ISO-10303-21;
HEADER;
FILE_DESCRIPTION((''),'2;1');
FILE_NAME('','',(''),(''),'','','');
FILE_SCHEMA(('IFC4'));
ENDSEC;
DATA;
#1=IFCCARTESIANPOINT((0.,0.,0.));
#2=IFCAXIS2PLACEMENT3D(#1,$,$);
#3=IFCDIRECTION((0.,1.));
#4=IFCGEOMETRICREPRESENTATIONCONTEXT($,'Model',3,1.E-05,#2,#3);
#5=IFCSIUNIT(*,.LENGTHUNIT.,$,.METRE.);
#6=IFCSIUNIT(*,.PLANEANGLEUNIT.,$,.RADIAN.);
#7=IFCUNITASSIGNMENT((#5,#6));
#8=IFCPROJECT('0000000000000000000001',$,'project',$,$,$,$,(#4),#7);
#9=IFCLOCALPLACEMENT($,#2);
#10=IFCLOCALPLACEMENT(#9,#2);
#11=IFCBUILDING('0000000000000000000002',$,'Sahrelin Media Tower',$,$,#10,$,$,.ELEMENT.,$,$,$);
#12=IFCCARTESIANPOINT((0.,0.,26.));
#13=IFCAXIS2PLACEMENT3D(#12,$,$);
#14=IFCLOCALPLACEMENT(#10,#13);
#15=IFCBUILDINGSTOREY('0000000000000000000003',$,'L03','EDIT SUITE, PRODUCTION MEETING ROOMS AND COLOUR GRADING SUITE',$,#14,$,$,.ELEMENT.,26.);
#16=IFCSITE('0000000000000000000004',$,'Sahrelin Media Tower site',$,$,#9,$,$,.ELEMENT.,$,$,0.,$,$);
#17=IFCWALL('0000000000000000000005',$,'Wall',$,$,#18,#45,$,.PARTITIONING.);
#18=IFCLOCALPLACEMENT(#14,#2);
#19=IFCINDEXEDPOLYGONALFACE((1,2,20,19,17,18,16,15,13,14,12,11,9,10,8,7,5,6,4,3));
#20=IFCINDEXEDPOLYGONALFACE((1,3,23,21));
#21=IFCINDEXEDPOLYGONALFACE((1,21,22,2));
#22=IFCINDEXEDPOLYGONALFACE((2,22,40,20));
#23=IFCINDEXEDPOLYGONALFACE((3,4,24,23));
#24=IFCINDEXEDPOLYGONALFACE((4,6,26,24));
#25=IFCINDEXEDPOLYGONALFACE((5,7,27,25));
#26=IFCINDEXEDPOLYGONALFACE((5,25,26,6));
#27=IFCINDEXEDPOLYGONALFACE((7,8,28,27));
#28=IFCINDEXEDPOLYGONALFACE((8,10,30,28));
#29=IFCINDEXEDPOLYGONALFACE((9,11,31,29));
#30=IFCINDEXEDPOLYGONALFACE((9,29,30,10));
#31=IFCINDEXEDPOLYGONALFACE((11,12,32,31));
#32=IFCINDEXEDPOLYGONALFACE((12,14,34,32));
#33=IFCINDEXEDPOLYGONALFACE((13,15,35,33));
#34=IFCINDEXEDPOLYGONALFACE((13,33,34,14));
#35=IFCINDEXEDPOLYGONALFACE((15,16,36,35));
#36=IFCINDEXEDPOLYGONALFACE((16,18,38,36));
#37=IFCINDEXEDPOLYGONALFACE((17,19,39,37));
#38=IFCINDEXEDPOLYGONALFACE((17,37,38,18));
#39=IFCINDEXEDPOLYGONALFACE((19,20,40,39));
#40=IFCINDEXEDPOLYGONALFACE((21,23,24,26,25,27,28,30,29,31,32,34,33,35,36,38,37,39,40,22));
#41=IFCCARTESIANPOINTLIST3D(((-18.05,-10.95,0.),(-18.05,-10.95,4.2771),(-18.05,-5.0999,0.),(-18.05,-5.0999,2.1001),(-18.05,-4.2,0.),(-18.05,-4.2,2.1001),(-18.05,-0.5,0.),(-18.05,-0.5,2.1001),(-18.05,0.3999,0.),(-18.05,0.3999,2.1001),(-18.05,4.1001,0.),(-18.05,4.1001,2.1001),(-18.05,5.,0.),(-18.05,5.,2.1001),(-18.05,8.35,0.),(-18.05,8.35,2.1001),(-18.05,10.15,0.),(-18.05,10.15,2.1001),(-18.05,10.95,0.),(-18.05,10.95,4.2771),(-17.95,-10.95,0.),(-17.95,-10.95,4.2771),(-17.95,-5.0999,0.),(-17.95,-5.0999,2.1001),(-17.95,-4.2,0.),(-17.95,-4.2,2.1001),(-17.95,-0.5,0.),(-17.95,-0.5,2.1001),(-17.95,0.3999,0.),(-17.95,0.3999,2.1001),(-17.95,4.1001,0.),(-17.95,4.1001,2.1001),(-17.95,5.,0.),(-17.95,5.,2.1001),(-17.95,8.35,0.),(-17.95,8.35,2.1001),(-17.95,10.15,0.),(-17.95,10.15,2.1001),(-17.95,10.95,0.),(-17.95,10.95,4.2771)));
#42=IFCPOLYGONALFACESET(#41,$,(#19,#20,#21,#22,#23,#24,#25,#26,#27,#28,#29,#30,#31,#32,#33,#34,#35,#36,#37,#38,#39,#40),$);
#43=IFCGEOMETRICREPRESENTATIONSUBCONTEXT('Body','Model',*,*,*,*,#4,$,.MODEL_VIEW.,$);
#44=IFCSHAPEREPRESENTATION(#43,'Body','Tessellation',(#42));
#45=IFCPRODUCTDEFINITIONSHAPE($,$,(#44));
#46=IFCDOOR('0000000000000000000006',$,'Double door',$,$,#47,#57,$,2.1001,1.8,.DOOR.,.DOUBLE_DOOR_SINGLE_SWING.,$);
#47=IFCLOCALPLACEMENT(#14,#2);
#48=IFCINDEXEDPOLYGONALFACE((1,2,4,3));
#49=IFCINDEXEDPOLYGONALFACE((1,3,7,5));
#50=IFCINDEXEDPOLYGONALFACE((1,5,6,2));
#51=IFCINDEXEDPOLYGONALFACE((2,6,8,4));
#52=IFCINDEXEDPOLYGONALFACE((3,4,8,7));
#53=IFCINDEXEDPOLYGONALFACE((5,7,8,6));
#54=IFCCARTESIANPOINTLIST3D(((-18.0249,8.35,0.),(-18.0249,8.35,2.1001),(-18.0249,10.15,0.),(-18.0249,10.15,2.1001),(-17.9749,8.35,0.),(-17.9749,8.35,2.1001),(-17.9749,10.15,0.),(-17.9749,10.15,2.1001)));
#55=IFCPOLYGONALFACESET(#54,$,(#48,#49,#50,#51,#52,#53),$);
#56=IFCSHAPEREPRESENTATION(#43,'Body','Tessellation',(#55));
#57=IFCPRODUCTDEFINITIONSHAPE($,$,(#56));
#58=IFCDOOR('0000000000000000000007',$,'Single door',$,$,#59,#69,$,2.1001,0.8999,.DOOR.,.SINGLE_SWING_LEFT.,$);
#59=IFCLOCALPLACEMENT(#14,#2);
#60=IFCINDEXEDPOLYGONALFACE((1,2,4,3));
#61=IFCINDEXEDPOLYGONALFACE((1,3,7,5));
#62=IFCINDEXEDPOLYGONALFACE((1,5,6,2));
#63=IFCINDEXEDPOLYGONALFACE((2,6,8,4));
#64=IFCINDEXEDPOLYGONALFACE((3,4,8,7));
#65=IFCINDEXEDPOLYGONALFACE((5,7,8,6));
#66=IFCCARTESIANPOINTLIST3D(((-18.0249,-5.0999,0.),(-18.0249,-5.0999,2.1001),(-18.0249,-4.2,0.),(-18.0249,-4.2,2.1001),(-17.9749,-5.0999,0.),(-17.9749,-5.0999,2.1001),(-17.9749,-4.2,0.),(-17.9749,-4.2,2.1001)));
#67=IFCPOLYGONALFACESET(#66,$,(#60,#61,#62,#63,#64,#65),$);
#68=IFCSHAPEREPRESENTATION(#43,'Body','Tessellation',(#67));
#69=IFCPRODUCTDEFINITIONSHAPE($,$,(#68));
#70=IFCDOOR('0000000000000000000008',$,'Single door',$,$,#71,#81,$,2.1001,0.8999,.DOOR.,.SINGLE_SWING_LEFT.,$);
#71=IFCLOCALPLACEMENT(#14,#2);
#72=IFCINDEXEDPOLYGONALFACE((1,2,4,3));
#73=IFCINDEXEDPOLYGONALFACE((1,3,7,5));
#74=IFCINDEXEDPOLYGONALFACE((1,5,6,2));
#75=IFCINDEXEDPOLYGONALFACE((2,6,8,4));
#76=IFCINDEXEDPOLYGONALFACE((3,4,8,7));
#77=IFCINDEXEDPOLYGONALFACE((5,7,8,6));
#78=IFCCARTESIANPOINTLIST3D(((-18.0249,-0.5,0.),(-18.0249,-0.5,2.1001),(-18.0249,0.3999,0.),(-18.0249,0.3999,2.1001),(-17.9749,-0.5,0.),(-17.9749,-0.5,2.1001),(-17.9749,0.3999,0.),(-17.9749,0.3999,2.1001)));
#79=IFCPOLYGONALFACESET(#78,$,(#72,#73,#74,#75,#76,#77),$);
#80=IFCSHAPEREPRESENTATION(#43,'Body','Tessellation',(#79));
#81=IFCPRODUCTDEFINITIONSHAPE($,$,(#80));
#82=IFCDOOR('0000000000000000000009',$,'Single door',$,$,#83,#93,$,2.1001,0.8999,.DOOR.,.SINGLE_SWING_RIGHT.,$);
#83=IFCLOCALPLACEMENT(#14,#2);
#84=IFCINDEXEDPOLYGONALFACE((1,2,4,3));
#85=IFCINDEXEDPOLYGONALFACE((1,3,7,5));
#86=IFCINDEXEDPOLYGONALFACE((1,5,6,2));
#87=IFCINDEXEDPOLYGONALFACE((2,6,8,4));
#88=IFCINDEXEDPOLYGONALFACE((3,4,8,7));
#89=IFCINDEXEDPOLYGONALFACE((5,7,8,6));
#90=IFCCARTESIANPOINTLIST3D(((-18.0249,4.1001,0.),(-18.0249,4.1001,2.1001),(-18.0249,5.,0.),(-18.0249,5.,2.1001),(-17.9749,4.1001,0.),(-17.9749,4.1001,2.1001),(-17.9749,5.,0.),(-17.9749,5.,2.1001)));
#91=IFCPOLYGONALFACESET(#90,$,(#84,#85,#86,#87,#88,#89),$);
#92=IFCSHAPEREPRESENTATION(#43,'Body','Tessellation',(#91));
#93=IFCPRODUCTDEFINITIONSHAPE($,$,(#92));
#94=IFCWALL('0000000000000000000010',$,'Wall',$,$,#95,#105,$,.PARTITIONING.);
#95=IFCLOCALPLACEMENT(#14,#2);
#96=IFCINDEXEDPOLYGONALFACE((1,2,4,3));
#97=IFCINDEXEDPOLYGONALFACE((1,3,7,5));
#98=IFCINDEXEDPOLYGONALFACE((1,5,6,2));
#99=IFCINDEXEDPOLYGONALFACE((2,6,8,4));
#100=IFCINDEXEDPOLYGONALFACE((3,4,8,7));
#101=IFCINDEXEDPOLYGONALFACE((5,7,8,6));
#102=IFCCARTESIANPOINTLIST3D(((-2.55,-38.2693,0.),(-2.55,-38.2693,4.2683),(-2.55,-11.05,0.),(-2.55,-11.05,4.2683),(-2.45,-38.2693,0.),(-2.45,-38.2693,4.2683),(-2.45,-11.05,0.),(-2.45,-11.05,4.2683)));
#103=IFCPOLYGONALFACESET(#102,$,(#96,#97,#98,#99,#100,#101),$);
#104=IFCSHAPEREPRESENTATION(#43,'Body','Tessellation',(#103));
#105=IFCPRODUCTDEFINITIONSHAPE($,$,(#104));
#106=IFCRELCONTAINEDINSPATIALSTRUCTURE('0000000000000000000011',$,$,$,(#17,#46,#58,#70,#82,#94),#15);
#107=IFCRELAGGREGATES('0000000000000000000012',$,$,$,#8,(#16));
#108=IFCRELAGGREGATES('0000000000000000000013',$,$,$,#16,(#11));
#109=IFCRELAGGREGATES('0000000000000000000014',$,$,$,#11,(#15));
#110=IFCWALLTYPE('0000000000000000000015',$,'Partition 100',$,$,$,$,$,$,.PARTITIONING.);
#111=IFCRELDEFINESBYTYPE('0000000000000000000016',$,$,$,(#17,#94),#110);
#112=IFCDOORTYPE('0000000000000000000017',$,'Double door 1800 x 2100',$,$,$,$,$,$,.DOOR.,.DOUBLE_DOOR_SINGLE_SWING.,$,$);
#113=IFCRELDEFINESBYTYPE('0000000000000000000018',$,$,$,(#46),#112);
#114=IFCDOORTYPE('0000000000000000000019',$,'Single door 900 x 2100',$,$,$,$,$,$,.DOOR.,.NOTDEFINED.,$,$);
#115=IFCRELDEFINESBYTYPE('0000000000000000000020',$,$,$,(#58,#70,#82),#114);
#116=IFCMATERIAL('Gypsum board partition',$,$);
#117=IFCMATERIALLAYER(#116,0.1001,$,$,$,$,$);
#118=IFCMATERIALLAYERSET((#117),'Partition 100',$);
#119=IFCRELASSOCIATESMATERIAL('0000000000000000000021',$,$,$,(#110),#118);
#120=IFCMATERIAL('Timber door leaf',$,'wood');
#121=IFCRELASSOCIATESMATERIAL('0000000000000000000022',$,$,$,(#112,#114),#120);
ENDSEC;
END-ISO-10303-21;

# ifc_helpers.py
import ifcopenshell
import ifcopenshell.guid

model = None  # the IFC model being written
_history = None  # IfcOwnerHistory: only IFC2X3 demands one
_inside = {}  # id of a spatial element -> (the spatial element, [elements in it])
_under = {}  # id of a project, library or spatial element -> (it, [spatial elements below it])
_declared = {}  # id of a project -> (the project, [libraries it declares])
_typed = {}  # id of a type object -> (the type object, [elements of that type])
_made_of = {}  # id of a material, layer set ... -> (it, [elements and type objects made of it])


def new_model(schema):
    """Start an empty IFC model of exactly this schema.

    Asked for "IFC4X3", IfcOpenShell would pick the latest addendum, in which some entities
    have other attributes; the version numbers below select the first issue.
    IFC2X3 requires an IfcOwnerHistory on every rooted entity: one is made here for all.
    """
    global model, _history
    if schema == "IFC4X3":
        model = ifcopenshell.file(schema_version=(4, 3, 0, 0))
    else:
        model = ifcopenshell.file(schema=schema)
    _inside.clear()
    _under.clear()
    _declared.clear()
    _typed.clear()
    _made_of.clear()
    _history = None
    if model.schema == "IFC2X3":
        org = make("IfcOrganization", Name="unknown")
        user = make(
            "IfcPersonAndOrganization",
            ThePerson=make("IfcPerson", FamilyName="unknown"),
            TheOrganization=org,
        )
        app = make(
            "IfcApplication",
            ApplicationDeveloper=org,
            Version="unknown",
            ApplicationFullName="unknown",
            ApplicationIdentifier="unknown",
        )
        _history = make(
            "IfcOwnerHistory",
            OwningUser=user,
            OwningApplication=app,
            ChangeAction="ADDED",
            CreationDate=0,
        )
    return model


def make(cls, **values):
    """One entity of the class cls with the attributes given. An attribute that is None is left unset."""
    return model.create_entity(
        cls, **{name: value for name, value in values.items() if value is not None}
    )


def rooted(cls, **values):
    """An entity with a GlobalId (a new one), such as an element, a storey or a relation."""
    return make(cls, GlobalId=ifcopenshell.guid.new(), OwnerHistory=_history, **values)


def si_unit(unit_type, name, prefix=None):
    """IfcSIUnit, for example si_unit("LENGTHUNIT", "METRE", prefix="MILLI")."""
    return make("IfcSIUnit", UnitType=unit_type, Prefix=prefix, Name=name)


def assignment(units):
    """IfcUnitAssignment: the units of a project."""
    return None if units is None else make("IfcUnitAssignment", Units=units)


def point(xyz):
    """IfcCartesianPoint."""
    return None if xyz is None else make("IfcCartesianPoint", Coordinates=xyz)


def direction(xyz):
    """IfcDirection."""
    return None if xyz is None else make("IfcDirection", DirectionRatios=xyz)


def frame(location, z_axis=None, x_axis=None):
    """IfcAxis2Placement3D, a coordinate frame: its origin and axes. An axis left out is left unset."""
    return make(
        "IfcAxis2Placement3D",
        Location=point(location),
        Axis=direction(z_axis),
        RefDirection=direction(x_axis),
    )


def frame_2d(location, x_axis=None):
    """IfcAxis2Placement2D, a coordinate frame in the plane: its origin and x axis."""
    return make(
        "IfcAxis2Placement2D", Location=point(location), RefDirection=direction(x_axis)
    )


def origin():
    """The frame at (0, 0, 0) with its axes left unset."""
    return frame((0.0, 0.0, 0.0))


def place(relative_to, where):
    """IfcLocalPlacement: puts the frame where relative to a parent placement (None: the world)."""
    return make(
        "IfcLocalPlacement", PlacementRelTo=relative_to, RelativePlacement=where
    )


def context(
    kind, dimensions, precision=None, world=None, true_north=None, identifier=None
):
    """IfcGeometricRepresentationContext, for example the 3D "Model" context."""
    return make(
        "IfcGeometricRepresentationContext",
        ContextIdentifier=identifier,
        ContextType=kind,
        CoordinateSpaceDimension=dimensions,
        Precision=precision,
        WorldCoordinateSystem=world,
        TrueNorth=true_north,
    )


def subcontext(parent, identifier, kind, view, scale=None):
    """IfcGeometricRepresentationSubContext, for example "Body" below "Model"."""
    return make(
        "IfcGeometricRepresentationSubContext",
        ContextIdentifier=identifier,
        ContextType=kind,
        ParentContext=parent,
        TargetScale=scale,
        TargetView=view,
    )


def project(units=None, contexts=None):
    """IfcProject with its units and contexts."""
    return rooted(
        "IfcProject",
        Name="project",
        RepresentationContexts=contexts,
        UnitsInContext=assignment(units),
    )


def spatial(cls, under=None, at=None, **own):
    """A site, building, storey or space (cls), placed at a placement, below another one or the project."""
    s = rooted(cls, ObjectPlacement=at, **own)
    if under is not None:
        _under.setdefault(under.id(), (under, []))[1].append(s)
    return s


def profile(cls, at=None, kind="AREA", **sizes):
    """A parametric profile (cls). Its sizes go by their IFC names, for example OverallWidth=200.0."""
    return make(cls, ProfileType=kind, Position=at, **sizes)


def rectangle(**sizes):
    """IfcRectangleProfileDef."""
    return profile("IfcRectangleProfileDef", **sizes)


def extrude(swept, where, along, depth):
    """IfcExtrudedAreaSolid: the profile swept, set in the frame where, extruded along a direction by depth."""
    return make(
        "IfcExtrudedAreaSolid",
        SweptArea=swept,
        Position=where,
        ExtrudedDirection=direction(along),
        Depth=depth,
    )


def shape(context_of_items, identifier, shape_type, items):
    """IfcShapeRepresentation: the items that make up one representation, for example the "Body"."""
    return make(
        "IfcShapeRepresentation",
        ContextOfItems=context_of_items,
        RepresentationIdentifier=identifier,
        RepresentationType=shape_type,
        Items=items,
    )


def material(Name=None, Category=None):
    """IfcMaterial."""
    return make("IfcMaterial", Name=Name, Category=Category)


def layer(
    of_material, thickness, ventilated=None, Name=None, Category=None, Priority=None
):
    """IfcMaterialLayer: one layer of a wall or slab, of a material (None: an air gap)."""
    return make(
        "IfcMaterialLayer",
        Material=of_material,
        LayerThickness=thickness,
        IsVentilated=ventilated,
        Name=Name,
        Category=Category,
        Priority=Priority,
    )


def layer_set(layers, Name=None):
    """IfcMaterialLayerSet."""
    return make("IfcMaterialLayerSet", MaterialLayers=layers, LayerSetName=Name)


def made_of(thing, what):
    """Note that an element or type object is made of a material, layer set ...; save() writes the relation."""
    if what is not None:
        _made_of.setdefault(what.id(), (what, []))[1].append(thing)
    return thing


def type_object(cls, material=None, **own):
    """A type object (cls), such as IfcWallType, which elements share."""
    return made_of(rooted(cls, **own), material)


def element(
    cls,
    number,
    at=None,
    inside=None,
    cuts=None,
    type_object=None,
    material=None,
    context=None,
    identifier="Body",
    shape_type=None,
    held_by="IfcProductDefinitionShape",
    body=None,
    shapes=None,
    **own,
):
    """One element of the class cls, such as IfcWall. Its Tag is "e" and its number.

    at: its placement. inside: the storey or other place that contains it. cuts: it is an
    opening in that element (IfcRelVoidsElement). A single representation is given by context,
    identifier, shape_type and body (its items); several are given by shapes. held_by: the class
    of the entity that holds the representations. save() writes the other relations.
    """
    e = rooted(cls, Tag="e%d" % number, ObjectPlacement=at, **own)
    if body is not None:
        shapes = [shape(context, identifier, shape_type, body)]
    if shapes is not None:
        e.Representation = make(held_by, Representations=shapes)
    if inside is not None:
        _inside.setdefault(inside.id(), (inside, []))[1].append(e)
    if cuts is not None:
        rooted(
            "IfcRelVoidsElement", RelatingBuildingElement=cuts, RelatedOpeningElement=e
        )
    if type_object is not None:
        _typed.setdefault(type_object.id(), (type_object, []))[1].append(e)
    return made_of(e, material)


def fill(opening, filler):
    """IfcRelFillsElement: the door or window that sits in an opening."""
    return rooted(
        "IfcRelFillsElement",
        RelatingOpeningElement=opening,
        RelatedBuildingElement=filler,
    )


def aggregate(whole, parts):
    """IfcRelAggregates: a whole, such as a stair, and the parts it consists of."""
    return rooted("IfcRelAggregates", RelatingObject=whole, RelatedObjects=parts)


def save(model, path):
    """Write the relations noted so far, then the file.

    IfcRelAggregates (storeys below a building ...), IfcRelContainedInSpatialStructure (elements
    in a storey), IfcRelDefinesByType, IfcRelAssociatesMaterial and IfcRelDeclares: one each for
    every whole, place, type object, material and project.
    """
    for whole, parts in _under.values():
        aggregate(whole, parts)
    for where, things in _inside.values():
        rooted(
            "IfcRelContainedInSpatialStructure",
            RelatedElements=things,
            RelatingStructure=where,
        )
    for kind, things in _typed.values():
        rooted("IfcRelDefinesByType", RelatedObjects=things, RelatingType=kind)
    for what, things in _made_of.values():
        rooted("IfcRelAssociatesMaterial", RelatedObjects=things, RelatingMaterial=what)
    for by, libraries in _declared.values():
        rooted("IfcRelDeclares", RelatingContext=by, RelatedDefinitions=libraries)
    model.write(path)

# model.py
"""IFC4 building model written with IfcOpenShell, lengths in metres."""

from ifc_helpers import new_model, si_unit, direction, frame, frame_2d, origin, place, context, subcontext, project, spatial, rectangle, extrude, material, layer, layer_set, type_object, element, fill, save


model = new_model("IFC4")

# Units and contexts
model_context = context("Model", 3, precision=1e-05, world=origin(), true_north=direction((0.0, 1.0)))
body_context = subcontext(model_context, "Body", "Model", "MODEL_VIEW")
ifc_project = project(units=[si_unit("LENGTHUNIT", "METRE"), si_unit("PLANEANGLEUNIT", "RADIAN")], contexts=[model_context])

# Site, building, storey
site_placement = place(None, origin())
site = spatial("IfcSite", under=ifc_project, at=site_placement, Name="Sahrelin Media Tower site", CompositionType="ELEMENT", RefElevation=0.0)
building_placement = place(site_placement, origin())
building = spatial("IfcBuilding", under=site, at=building_placement, Name="Sahrelin Media Tower", CompositionType="ELEMENT")
storey_placement = place(building_placement, frame((0.0, 0.0, 26.0)))
storey = spatial("IfcBuildingStorey", under=building, at=storey_placement, Name="L03", Description="EDIT SUITE, PRODUCTION MEETING ROOMS AND COLOUR GRADING SUITE", CompositionType="ELEMENT", Elevation=26.0)

# Wall, openings, doors
ifc_material_1 = material(Name="Gypsum board partition")
ifc_layer_1 = layer(ifc_material_1, 0.1001)
ifc_layer_set_1 = layer_set([ifc_layer_1], Name="Partition 100")
wall_type_1 = type_object("IfcWallType", Name="Partition 100", PredefinedType="PARTITIONING", material=ifc_layer_set_1)
wall_1_placement = place(storey_placement, frame((-18.0, -10.95, 0.0), z_axis=(0.0, 0.0, 1.0), x_axis=(0.0, 1.0, 0.0)))
wall_1 = element("IfcWall", 1, at=wall_1_placement, inside=storey, type_object=wall_type_1, Name="Wall", PredefinedType="PARTITIONING", context=body_context, shape_type="SweptSolid", body=[
    extrude(rectangle(XDim=21.8999, YDim=0.1001, at=frame_2d((10.95, 0.0))), origin(), (0.0, 0.0, 1.0), 4.2771),
])
opening_1_placement = place(wall_1_placement, frame((19.3, 0.0, 0.0)))
opening_1 = element("IfcOpeningElement", 2, at=opening_1_placement, cuts=wall_1, PredefinedType="OPENING", context=body_context, shape_type="SweptSolid", body=[
    extrude(rectangle(XDim=1.8, YDim=2.1001, at=frame_2d((0.8999, 1.05))), frame((0.0, 0.05, 0.0), z_axis=(0.0, -1.0, 0.0), x_axis=(1.0, 0.0, 0.0)), (0.0, 0.0, 1.0), 0.1001),
])
opening_2_placement = place(wall_1_placement, frame((5.8501, 0.0, 0.0)))
opening_2 = element("IfcOpeningElement", 3, at=opening_2_placement, cuts=wall_1, PredefinedType="OPENING", context=body_context, shape_type="SweptSolid", body=[
    extrude(rectangle(XDim=0.8999, YDim=2.1001, at=frame_2d((0.45, 1.05))), frame((0.0, 0.05, 0.0), z_axis=(0.0, -1.0, 0.0), x_axis=(1.0, 0.0, 0.0)), (0.0, 0.0, 1.0), 0.1001),
])
opening_3_placement = place(wall_1_placement, frame((10.45, 0.0, 0.0)))
opening_3 = element("IfcOpeningElement", 4, at=opening_3_placement, cuts=wall_1, PredefinedType="OPENING", context=body_context, shape_type="SweptSolid", body=[
    extrude(rectangle(XDim=0.8999, YDim=2.1001, at=frame_2d((0.45, 1.05))), frame((0.0, 0.05, 0.0), z_axis=(0.0, -1.0, 0.0), x_axis=(1.0, 0.0, 0.0)), (0.0, 0.0, 1.0), 0.1001),
])
opening_4_placement = place(wall_1_placement, frame((15.05, 0.0, 0.0)))
opening_4 = element("IfcOpeningElement", 5, at=opening_4_placement, cuts=wall_1, PredefinedType="OPENING", context=body_context, shape_type="SweptSolid", body=[
    extrude(rectangle(XDim=0.8999, YDim=2.1001, at=frame_2d((0.45, 1.05))), frame((0.0, 0.05, 0.0), z_axis=(0.0, -1.0, 0.0), x_axis=(1.0, 0.0, 0.0)), (0.0, 0.0, 1.0), 0.1001),
])
ifc_material_2 = material(Name="Timber door leaf", Category="wood")
door_type_1 = type_object("IfcDoorType", Name="Double door 1800 x 2100", OperationType="DOUBLE_DOOR_SINGLE_SWING", PredefinedType="DOOR", material=ifc_material_2)
door_1_placement = place(opening_1_placement, origin())
door_1 = element("IfcDoor", 6, at=door_1_placement, inside=storey, type_object=door_type_1, Name="Double door", OperationType="DOUBLE_DOOR_SINGLE_SWING", OverallHeight=2.1001, OverallWidth=1.8, PredefinedType="DOOR", context=body_context, shape_type="SweptSolid", body=[
    extrude(rectangle(XDim=1.8, YDim=2.1001, at=frame_2d((0.8999, 1.05))), frame((0.0, 0.0249, 0.0), z_axis=(0.0, -1.0, 0.0), x_axis=(1.0, 0.0, 0.0)), (0.0, 0.0, 1.0), 0.05),
])
fill(opening_1, door_1)
door_type_2 = type_object("IfcDoorType", Name="Single door 900 x 2100", OperationType="NOTDEFINED", PredefinedType="DOOR", material=ifc_material_2)
door_2_placement = place(opening_2_placement, origin())
door_2 = element("IfcDoor", 7, at=door_2_placement, inside=storey, type_object=door_type_2, Name="Single door", OperationType="SINGLE_SWING_LEFT", OverallHeight=2.1001, OverallWidth=0.8999, PredefinedType="DOOR", context=body_context, shape_type="SweptSolid", body=[
    extrude(rectangle(XDim=0.8999, YDim=2.1001, at=frame_2d((0.45, 1.05))), frame((0.0, 0.0249, 0.0), z_axis=(0.0, -1.0, 0.0), x_axis=(1.0, 0.0, 0.0)), (0.0, 0.0, 1.0), 0.05),
])
fill(opening_2, door_2)
door_3_placement = place(opening_3_placement, origin())
door_3 = element("IfcDoor", 8, at=door_3_placement, inside=storey, type_object=door_type_2, Name="Single door", OperationType="SINGLE_SWING_LEFT", OverallHeight=2.1001, OverallWidth=0.8999, PredefinedType="DOOR", context=body_context, shape_type="SweptSolid", body=[
    extrude(rectangle(XDim=0.8999, YDim=2.1001, at=frame_2d((0.45, 1.05))), frame((0.0, 0.0249, 0.0), z_axis=(0.0, -1.0, 0.0), x_axis=(1.0, 0.0, 0.0)), (0.0, 0.0, 1.0), 0.05),
])
fill(opening_3, door_3)
door_4_placement = place(opening_4_placement, origin())
door_4 = element("IfcDoor", 9, at=door_4_placement, inside=storey, type_object=door_type_2, Name="Single door", OperationType="SINGLE_SWING_RIGHT", OverallHeight=2.1001, OverallWidth=0.8999, PredefinedType="DOOR", context=body_context, shape_type="SweptSolid", body=[
    extrude(rectangle(XDim=0.8999, YDim=2.1001, at=frame_2d((0.45, 1.05))), frame((0.0, 0.0249, 0.0), z_axis=(0.0, -1.0, 0.0), x_axis=(1.0, 0.0, 0.0)), (0.0, 0.0, 1.0), 0.05),
])
fill(opening_4, door_4)

# Wall
wall_2_placement = place(storey_placement, frame((-2.5, -11.05, 0.0), z_axis=(0.0, 0.0, 1.0), x_axis=(0.0, -1.0, 0.0)))
element("IfcWall", 10, at=wall_2_placement, inside=storey, type_object=wall_type_1, Name="Wall", PredefinedType="PARTITIONING", context=body_context, shape_type="SweptSolid", body=[
    extrude(rectangle(XDim=27.2192, YDim=0.1001, at=frame_2d((13.6096, 0.0))), origin(), (0.0, 0.0, 1.0), 4.2683),
])

save(model, "model.ifc")
